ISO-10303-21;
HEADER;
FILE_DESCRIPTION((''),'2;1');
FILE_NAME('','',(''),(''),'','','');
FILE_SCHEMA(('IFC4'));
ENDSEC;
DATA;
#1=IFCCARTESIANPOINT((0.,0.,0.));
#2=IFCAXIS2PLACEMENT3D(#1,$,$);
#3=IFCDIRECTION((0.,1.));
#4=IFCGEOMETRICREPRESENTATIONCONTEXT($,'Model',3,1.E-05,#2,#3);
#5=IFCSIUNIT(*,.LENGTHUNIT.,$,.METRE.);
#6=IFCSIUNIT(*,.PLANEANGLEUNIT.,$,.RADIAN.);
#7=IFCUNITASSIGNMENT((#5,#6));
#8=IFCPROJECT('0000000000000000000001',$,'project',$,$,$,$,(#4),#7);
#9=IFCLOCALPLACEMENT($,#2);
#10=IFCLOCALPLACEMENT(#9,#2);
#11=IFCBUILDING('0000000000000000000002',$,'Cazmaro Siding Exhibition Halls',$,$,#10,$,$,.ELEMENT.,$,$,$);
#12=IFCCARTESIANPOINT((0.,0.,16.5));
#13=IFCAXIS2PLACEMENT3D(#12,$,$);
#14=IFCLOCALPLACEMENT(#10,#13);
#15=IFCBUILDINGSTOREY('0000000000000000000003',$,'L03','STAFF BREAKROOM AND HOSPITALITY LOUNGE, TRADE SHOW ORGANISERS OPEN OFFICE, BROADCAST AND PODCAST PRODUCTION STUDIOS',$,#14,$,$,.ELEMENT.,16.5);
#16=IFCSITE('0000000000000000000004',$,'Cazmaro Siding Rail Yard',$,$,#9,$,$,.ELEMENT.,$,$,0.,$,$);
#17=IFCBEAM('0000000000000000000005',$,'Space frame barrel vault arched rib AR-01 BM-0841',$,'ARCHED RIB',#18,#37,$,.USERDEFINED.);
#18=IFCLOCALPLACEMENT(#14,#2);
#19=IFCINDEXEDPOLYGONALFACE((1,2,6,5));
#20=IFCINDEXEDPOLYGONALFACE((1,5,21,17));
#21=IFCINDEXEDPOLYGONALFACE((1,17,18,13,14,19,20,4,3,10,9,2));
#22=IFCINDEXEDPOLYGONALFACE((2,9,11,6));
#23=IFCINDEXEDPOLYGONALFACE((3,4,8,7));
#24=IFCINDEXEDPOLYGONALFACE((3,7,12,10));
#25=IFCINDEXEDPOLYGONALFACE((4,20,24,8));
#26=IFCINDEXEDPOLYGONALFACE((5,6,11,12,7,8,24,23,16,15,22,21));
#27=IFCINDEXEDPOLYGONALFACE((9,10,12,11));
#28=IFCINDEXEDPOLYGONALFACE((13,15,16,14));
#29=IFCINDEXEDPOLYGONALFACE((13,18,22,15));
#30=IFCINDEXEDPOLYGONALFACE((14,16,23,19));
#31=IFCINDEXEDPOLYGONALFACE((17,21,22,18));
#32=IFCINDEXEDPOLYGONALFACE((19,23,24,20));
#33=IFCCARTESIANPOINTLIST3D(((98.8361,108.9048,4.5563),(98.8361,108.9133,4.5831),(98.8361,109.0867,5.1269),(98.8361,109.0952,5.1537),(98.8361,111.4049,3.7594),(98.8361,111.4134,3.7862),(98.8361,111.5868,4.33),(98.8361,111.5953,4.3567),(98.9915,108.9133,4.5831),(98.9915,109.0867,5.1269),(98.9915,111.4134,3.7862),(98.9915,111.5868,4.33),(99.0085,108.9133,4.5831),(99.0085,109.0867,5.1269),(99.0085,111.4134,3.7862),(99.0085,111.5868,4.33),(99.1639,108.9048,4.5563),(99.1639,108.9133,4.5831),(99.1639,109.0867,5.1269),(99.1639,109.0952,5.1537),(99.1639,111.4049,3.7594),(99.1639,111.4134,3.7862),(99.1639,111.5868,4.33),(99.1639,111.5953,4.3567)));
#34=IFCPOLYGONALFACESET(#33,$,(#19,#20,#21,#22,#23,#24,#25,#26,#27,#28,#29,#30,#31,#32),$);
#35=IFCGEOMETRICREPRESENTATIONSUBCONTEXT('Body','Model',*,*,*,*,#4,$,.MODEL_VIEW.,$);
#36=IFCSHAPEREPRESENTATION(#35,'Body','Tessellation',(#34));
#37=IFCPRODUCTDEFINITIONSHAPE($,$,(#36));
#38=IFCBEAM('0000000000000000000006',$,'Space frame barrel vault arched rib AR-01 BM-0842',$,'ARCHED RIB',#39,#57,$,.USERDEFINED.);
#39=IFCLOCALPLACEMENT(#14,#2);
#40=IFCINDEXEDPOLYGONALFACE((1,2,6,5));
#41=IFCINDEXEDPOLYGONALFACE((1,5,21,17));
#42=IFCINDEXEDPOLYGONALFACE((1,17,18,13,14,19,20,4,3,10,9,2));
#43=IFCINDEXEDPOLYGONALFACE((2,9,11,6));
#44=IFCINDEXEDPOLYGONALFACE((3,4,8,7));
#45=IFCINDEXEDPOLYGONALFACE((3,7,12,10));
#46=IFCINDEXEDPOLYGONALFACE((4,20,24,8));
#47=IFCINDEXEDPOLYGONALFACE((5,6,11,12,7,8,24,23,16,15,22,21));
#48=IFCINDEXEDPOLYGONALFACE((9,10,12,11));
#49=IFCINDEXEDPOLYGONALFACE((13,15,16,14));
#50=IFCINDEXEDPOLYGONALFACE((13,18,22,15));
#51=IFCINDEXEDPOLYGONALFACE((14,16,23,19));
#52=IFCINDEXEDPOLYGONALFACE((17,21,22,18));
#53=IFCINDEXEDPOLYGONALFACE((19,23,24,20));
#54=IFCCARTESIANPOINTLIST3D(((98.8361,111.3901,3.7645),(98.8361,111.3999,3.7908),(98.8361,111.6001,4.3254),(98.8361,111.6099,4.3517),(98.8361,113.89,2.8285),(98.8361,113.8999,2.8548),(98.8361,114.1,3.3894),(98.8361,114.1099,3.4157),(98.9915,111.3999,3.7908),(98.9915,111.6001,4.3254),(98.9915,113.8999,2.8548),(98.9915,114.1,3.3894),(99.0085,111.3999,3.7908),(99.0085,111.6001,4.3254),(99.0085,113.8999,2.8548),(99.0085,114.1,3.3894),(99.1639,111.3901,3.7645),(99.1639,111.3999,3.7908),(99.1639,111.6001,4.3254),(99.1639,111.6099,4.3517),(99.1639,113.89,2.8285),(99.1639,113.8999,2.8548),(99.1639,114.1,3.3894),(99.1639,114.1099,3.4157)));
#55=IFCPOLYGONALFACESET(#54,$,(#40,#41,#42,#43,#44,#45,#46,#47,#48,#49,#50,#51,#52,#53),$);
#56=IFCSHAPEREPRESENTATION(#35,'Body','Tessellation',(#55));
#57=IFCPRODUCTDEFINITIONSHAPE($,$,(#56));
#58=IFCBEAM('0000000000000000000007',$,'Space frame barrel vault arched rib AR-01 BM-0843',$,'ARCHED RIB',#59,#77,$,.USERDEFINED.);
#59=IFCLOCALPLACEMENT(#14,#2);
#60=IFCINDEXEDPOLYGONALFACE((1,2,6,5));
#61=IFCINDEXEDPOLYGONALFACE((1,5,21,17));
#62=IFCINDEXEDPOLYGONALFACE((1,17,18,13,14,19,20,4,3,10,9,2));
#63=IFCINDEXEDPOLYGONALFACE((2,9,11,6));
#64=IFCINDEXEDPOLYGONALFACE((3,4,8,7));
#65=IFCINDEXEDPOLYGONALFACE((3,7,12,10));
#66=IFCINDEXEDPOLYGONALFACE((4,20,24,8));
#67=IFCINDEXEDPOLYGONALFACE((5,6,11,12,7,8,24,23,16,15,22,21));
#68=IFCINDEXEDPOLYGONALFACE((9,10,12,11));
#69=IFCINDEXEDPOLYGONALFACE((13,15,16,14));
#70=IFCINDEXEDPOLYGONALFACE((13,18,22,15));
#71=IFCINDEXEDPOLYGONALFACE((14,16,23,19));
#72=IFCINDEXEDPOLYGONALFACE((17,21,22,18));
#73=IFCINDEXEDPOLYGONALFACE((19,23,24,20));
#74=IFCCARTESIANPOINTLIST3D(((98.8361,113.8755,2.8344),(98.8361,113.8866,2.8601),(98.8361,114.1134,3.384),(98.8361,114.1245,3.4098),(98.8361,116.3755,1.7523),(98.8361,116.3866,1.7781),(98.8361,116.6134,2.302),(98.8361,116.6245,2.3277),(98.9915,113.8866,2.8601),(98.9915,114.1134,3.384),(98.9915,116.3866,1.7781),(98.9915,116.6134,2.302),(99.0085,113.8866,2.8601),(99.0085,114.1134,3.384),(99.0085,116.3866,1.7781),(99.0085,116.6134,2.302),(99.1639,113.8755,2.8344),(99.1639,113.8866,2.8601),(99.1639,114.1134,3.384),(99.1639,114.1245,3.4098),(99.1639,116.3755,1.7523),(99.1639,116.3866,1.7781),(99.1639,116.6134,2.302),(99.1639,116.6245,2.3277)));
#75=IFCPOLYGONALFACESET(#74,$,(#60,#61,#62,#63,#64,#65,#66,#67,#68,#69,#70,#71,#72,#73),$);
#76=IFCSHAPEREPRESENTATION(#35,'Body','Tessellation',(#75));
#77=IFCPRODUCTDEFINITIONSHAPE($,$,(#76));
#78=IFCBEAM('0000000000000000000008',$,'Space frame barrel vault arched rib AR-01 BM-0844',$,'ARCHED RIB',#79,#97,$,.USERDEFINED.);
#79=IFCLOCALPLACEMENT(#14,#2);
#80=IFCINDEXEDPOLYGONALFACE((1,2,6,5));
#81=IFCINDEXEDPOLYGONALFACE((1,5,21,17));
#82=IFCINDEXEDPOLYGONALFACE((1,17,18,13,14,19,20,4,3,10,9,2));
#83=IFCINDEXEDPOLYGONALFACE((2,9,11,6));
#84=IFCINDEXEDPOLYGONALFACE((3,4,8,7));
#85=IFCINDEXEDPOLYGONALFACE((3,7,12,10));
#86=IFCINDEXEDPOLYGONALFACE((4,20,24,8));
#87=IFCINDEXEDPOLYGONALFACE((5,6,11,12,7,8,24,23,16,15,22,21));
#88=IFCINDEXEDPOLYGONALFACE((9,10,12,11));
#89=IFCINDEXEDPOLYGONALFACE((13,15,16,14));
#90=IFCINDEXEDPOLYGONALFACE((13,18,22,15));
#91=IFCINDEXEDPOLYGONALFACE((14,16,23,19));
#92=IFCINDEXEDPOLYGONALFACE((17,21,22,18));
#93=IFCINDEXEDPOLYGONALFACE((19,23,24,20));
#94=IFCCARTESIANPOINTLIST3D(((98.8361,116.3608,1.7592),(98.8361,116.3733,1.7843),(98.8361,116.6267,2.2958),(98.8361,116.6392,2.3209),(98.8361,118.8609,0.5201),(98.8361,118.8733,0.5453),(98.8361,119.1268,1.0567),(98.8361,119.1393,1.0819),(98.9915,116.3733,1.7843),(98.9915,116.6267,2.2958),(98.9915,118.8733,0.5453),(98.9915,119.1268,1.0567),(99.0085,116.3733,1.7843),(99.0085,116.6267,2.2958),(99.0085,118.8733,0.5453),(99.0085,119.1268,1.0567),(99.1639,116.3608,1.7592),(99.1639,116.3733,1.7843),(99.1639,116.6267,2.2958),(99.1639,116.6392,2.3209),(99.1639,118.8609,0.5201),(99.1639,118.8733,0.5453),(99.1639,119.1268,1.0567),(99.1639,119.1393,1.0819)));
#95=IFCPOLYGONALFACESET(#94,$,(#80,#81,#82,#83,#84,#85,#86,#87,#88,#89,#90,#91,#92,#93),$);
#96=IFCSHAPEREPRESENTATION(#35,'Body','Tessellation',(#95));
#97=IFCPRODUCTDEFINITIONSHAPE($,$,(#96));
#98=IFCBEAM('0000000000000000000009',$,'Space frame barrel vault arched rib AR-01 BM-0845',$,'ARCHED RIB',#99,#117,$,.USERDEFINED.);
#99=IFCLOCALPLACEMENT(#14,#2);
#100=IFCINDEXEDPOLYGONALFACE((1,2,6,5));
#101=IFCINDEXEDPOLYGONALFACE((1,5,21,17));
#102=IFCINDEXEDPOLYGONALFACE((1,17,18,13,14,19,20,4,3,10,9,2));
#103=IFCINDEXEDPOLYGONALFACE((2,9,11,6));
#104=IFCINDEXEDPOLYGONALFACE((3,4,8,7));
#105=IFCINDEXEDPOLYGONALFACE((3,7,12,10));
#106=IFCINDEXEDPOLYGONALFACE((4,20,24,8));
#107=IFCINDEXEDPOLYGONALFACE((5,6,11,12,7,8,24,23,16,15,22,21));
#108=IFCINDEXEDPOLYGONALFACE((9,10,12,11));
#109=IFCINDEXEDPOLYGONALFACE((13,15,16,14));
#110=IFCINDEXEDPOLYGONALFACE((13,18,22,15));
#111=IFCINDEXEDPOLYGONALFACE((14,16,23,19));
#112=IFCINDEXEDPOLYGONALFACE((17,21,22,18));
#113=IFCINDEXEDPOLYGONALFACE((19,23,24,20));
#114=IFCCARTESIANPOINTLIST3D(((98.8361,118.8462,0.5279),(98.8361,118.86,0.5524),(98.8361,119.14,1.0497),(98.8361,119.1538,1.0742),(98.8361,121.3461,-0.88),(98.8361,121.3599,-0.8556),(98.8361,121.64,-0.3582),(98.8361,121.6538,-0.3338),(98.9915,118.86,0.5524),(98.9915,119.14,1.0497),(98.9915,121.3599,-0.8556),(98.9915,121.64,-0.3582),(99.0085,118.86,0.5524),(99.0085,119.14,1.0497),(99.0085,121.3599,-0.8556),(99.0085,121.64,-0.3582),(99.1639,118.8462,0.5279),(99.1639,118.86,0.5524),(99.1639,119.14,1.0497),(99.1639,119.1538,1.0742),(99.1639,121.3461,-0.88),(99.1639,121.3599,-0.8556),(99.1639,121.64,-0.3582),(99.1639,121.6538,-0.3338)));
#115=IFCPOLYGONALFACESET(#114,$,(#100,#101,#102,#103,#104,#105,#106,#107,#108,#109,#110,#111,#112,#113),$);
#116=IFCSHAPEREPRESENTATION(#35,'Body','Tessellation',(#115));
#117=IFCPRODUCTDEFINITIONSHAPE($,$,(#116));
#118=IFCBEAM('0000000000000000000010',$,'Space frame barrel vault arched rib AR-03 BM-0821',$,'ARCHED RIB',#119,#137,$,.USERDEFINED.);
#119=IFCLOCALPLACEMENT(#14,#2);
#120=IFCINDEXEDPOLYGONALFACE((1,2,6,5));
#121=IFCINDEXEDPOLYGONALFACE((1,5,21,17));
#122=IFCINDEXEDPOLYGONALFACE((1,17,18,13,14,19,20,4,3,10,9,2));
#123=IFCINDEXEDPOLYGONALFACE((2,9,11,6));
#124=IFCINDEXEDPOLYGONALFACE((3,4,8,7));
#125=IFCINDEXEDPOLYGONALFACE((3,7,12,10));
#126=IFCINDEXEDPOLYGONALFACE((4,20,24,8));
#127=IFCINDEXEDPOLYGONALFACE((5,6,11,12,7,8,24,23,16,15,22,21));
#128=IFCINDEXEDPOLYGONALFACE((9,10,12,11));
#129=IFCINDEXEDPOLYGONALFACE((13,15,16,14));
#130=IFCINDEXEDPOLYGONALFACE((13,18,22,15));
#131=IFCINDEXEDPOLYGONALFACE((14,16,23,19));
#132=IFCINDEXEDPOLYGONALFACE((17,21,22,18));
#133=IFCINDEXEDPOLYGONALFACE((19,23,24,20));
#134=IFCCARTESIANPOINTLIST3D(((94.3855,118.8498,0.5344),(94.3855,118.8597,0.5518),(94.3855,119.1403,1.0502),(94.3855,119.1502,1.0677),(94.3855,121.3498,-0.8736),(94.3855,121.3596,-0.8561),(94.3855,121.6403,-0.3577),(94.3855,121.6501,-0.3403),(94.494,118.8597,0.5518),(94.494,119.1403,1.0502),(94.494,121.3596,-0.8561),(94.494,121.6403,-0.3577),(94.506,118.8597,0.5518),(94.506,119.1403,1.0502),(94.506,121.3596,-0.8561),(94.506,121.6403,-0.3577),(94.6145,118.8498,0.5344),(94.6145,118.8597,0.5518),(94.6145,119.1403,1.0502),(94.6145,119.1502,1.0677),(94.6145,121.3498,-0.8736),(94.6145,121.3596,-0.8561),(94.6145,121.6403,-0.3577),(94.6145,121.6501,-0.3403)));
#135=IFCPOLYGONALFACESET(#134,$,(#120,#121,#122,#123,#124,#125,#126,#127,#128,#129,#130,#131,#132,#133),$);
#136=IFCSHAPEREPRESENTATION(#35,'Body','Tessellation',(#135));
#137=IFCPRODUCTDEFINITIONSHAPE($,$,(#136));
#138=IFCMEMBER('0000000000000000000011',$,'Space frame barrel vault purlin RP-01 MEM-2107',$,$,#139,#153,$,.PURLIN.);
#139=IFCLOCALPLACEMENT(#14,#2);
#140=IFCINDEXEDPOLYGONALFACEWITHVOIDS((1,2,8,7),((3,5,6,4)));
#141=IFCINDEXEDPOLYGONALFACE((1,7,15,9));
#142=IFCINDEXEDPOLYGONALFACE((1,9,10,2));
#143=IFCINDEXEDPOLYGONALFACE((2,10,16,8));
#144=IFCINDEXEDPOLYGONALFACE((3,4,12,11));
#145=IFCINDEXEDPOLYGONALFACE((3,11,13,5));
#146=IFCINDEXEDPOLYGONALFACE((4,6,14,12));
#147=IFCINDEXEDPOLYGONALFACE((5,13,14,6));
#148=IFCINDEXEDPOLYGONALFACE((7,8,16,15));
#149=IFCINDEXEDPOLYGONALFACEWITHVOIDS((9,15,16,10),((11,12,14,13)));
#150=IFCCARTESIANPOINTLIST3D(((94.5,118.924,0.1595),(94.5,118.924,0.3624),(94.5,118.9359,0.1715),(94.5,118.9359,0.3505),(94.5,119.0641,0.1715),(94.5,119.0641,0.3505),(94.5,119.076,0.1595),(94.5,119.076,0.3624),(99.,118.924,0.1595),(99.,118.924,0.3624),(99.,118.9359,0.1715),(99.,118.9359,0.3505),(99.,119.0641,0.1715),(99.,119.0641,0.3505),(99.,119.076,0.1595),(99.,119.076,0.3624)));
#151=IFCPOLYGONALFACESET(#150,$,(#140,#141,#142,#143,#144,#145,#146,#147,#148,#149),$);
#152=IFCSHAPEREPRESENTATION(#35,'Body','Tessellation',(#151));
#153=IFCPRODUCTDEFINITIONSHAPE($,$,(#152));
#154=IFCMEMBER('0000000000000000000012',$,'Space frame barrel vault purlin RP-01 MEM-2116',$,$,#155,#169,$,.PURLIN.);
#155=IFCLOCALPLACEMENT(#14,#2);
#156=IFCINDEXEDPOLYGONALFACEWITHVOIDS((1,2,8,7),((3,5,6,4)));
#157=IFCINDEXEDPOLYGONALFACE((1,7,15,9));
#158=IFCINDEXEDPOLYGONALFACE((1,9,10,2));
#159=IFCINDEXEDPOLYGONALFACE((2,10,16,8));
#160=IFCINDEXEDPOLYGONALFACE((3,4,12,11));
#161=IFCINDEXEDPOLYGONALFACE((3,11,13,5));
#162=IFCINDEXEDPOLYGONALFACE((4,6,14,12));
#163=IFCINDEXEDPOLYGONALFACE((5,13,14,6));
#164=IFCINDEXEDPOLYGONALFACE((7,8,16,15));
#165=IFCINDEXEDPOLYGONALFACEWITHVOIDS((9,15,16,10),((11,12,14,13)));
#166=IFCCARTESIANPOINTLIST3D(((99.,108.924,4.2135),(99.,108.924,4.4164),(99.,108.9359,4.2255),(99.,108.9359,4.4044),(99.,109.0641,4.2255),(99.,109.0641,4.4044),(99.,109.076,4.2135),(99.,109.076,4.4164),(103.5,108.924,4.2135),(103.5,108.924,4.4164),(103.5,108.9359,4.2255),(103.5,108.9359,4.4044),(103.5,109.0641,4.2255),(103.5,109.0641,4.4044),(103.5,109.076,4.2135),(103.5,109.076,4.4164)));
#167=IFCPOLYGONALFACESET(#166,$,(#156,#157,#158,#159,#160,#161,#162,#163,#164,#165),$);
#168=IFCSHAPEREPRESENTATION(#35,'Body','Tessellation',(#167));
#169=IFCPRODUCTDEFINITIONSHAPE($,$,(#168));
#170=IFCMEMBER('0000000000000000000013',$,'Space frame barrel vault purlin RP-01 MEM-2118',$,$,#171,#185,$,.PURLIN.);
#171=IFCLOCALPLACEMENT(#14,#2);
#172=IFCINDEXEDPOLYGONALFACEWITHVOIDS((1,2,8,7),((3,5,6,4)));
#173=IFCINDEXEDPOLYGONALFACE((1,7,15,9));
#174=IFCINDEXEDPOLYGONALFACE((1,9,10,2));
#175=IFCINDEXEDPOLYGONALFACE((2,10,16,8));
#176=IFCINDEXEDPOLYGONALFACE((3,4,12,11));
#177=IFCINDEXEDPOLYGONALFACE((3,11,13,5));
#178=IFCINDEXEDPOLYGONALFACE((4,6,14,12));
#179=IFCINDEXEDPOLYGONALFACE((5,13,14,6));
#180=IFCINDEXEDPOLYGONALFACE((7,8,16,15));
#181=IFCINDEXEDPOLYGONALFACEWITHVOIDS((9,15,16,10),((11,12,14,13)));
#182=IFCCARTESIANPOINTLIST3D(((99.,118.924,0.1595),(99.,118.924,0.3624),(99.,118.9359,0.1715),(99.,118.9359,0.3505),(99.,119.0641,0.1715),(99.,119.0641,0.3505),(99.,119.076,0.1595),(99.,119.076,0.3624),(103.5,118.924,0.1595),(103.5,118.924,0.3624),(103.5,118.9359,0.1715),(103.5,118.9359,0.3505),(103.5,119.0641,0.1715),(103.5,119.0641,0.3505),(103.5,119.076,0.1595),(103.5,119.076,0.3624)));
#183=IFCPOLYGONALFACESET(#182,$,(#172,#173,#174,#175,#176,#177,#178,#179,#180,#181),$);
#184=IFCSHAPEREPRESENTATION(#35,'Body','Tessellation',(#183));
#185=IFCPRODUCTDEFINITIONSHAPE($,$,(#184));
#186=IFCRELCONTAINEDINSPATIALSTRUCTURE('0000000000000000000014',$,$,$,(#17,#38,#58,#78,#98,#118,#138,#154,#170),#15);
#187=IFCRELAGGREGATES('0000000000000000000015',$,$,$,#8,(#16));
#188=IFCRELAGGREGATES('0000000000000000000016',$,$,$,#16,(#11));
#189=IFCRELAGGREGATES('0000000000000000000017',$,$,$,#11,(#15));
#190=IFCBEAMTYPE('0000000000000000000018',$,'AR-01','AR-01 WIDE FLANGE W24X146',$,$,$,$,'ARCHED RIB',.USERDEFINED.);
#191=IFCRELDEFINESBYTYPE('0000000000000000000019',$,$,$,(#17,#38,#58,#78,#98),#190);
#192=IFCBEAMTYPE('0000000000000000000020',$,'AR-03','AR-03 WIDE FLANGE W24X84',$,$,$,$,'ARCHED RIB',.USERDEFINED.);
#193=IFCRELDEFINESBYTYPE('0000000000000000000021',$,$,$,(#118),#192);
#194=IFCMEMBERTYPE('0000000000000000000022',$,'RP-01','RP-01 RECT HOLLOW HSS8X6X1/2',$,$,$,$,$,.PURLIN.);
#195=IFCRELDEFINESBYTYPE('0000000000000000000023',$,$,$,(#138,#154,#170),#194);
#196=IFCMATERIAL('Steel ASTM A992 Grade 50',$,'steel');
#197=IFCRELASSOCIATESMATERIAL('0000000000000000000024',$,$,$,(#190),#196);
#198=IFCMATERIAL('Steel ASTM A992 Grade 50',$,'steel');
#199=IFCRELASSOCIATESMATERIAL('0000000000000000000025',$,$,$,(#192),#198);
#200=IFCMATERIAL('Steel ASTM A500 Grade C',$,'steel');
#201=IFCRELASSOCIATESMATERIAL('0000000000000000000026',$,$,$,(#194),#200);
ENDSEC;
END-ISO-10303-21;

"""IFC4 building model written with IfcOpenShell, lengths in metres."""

from ifc_helpers import new_model, si_unit, direction, frame, origin, origin_2d, place, context, subcontext, project, spatial, hollow_rectangle, i_section, extrude, material, material_profile, profile_set, type_object, element, save


model = new_model("IFC4")

# Units and contexts
model_context = context("Model", 3, precision=1e-05, world=origin(), true_north=direction((0.0, 1.0)))
body_context = subcontext(model_context, "Body", "Model", "MODEL_VIEW")
ifc_project = project(units=[si_unit("LENGTHUNIT", "METRE"), si_unit("PLANEANGLEUNIT", "RADIAN")], contexts=[model_context])

# Site, building, storey
site_placement = place(None, origin())
site = spatial("IfcSite", under=ifc_project, at=site_placement, Name="Cazmaro Siding Rail Yard", CompositionType="ELEMENT", RefElevation=0.0)
building_placement = place(site_placement, origin())
building = spatial("IfcBuilding", under=site, at=building_placement, Name="Cazmaro Siding Exhibition Halls", CompositionType="ELEMENT")
storey_placement = place(building_placement, frame((0.0, 0.0, 16.5)))
storey = spatial("IfcBuildingStorey", under=building, at=storey_placement, Name="L03", Description="STAFF BREAKROOM AND HOSPITALITY LOUNGE, TRADE SHOW ORGANISERS OPEN OFFICE, BROADCAST AND PODCAST PRODUCTION STUDIOS", CompositionType="ELEMENT", Elevation=16.5)

# Beams
ifc_material_1 = material(Name="Steel ASTM A992 Grade 50", Category="steel")
ifc_material_profile_1 = material_profile(ifc_material_1, i_section(OverallWidth=0.3279, OverallDepth=0.627, WebThickness=0.0171, FlangeThickness=0.0281, at=origin_2d()), Name="W24X146")
ifc_profile_set_1 = profile_set([ifc_material_profile_1], Name="Steel ASTM A992 Grade 50")
beam_type_1 = type_object("IfcBeamType", Name="AR-01", Description="AR-01 WIDE FLANGE W24X146", ElementType="ARCHED RIB", PredefinedType="USERDEFINED", material=ifc_profile_set_1)
beam_1_placement = place(storey_placement, frame((99.0, 109.0, 4.855), z_axis=(0.0, 0.952769, -0.303695), x_axis=(-1.0, 0.0, 0.0)))
element("IfcBeam", 1, at=beam_1_placement, inside=storey, type_object=beam_type_1, Name="Space frame barrel vault arched rib AR-01 BM-0841", ObjectType="ARCHED RIB", PredefinedType="USERDEFINED", context=body_context, shape_type="SweptSolid", body=[
    extrude(i_section(OverallWidth=0.3279, OverallDepth=0.627, WebThickness=0.0171, FlangeThickness=0.0281, at=origin_2d()), origin(), (0.0, 0.0, 1.0), 2.624),
])
beam_2_placement = place(storey_placement, frame((99.0, 111.5, 4.0581), z_axis=(0.0, 0.936509, -0.350642), x_axis=(-1.0, 0.0, 0.0)))
element("IfcBeam", 2, at=beam_2_placement, inside=storey, type_object=beam_type_1, Name="Space frame barrel vault arched rib AR-01 BM-0842", ObjectType="ARCHED RIB", PredefinedType="USERDEFINED", context=body_context, shape_type="SweptSolid", body=[
    extrude(i_section(OverallWidth=0.3279, OverallDepth=0.627, WebThickness=0.0171, FlangeThickness=0.0281, at=origin_2d()), origin(), (0.0, 0.0, 1.0), 2.6694),
])
beam_3_placement = place(storey_placement, frame((99.0, 114.0, 3.1221), z_axis=(0.0, 0.91773, -0.397205), x_axis=(-1.0, 0.0, 0.0)))
element("IfcBeam", 3, at=beam_3_placement, inside=storey, type_object=beam_type_1, Name="Space frame barrel vault arched rib AR-01 BM-0843", ObjectType="ARCHED RIB", PredefinedType="USERDEFINED", context=body_context, shape_type="SweptSolid", body=[
    extrude(i_section(OverallWidth=0.3279, OverallDepth=0.627, WebThickness=0.0171, FlangeThickness=0.0281, at=origin_2d()), origin(), (0.0, 0.0, 1.0), 2.7241),
])
beam_4_placement = place(storey_placement, frame((99.0, 116.5, 2.04), z_axis=(0.0, 0.895997, -0.444061), x_axis=(-1.0, 0.0, 0.0)))
element("IfcBeam", 4, at=beam_4_placement, inside=storey, type_object=beam_type_1, Name="Space frame barrel vault arched rib AR-01 BM-0844", ObjectType="ARCHED RIB", PredefinedType="USERDEFINED", context=body_context, shape_type="SweptSolid", body=[
    extrude(i_section(OverallWidth=0.3279, OverallDepth=0.627, WebThickness=0.0171, FlangeThickness=0.0281, at=origin_2d()), origin(), (0.0, 0.0, 1.0), 2.7903),
])
beam_5_placement = place(storey_placement, frame((99.0, 119.0, 0.801), z_axis=(0.0, 0.871321, -0.490714), x_axis=(-1.0, 0.0, 0.0)))
element("IfcBeam", 5, at=beam_5_placement, inside=storey, type_object=beam_type_1, Name="Space frame barrel vault arched rib AR-01 BM-0845", ObjectType="ARCHED RIB", PredefinedType="USERDEFINED", context=body_context, shape_type="SweptSolid", body=[
    extrude(i_section(OverallWidth=0.3279, OverallDepth=0.627, WebThickness=0.0171, FlangeThickness=0.0281, at=origin_2d()), origin(), (0.0, 0.0, 1.0), 2.8691),
])
ifc_material_2 = material(Name="Steel ASTM A992 Grade 50", Category="steel")
ifc_material_profile_2 = material_profile(ifc_material_2, i_section(OverallWidth=0.229, OverallDepth=0.6121, WebThickness=0.012, FlangeThickness=0.02, at=origin_2d()), Name="W24X84")
ifc_profile_set_2 = profile_set([ifc_material_profile_2], Name="Steel ASTM A992 Grade 50")
beam_type_2 = type_object("IfcBeamType", Name="AR-03", Description="AR-03 WIDE FLANGE W24X84", ElementType="ARCHED RIB", PredefinedType="USERDEFINED", material=ifc_profile_set_2)
beam_6_placement = place(storey_placement, frame((94.5, 119.0, 0.801), z_axis=(0.0, 0.871321, -0.490714), x_axis=(-1.0, 0.0, 0.0)))
element("IfcBeam", 6, at=beam_6_placement, inside=storey, type_object=beam_type_2, Name="Space frame barrel vault arched rib AR-03 BM-0821", ObjectType="ARCHED RIB", PredefinedType="USERDEFINED", context=body_context, shape_type="SweptSolid", body=[
    extrude(i_section(OverallWidth=0.229, OverallDepth=0.6121, WebThickness=0.012, FlangeThickness=0.02, at=origin_2d()), origin(), (0.0, 0.0, 1.0), 2.8691),
])

# Members
ifc_material_3 = material(Name="Steel ASTM A500 Grade C", Category="steel")
ifc_material_profile_3 = material_profile(ifc_material_3, hollow_rectangle(XDim=0.1521, YDim=0.2029, WallThickness=0.012, at=origin_2d()), Name="HSS8X6X1/2")
ifc_profile_set_3 = profile_set([ifc_material_profile_3], Name="Steel ASTM A500 Grade C")
member_type_1 = type_object("IfcMemberType", Name="RP-01", Description="RP-01 RECT HOLLOW HSS8X6X1/2", PredefinedType="PURLIN", material=ifc_profile_set_3)
for number, where, z_axis, x_axis, name in (
    (7, (94.5, 119.0, 0.261), (1.0, 0.0, 0.0), (0.0, 1.0, 0.0), "Space frame barrel vault purlin RP-01 MEM-2107"),
    (8, (99.0, 109.0, 4.3149), (1.0, 0.0, 0.0), (0.0, 1.0, 0.0), "Space frame barrel vault purlin RP-01 MEM-2116"),
    (9, (99.0, 119.0, 0.261), (1.0, 0.0, 0.0), (0.0, 1.0, 0.0), "Space frame barrel vault purlin RP-01 MEM-2118"),
):
    element("IfcMember", number, at=place(storey_placement, frame(where, z_axis=z_axis, x_axis=x_axis)), inside=storey, type_object=member_type_1, Name=name, PredefinedType="PURLIN", context=body_context, shape_type="SweptSolid", body=[
        extrude(hollow_rectangle(XDim=0.1521, YDim=0.2029, WallThickness=0.012, at=origin_2d()), origin(), (0.0, 0.0, 1.0), 4.5),
    ])

save(model, "model.ifc")
